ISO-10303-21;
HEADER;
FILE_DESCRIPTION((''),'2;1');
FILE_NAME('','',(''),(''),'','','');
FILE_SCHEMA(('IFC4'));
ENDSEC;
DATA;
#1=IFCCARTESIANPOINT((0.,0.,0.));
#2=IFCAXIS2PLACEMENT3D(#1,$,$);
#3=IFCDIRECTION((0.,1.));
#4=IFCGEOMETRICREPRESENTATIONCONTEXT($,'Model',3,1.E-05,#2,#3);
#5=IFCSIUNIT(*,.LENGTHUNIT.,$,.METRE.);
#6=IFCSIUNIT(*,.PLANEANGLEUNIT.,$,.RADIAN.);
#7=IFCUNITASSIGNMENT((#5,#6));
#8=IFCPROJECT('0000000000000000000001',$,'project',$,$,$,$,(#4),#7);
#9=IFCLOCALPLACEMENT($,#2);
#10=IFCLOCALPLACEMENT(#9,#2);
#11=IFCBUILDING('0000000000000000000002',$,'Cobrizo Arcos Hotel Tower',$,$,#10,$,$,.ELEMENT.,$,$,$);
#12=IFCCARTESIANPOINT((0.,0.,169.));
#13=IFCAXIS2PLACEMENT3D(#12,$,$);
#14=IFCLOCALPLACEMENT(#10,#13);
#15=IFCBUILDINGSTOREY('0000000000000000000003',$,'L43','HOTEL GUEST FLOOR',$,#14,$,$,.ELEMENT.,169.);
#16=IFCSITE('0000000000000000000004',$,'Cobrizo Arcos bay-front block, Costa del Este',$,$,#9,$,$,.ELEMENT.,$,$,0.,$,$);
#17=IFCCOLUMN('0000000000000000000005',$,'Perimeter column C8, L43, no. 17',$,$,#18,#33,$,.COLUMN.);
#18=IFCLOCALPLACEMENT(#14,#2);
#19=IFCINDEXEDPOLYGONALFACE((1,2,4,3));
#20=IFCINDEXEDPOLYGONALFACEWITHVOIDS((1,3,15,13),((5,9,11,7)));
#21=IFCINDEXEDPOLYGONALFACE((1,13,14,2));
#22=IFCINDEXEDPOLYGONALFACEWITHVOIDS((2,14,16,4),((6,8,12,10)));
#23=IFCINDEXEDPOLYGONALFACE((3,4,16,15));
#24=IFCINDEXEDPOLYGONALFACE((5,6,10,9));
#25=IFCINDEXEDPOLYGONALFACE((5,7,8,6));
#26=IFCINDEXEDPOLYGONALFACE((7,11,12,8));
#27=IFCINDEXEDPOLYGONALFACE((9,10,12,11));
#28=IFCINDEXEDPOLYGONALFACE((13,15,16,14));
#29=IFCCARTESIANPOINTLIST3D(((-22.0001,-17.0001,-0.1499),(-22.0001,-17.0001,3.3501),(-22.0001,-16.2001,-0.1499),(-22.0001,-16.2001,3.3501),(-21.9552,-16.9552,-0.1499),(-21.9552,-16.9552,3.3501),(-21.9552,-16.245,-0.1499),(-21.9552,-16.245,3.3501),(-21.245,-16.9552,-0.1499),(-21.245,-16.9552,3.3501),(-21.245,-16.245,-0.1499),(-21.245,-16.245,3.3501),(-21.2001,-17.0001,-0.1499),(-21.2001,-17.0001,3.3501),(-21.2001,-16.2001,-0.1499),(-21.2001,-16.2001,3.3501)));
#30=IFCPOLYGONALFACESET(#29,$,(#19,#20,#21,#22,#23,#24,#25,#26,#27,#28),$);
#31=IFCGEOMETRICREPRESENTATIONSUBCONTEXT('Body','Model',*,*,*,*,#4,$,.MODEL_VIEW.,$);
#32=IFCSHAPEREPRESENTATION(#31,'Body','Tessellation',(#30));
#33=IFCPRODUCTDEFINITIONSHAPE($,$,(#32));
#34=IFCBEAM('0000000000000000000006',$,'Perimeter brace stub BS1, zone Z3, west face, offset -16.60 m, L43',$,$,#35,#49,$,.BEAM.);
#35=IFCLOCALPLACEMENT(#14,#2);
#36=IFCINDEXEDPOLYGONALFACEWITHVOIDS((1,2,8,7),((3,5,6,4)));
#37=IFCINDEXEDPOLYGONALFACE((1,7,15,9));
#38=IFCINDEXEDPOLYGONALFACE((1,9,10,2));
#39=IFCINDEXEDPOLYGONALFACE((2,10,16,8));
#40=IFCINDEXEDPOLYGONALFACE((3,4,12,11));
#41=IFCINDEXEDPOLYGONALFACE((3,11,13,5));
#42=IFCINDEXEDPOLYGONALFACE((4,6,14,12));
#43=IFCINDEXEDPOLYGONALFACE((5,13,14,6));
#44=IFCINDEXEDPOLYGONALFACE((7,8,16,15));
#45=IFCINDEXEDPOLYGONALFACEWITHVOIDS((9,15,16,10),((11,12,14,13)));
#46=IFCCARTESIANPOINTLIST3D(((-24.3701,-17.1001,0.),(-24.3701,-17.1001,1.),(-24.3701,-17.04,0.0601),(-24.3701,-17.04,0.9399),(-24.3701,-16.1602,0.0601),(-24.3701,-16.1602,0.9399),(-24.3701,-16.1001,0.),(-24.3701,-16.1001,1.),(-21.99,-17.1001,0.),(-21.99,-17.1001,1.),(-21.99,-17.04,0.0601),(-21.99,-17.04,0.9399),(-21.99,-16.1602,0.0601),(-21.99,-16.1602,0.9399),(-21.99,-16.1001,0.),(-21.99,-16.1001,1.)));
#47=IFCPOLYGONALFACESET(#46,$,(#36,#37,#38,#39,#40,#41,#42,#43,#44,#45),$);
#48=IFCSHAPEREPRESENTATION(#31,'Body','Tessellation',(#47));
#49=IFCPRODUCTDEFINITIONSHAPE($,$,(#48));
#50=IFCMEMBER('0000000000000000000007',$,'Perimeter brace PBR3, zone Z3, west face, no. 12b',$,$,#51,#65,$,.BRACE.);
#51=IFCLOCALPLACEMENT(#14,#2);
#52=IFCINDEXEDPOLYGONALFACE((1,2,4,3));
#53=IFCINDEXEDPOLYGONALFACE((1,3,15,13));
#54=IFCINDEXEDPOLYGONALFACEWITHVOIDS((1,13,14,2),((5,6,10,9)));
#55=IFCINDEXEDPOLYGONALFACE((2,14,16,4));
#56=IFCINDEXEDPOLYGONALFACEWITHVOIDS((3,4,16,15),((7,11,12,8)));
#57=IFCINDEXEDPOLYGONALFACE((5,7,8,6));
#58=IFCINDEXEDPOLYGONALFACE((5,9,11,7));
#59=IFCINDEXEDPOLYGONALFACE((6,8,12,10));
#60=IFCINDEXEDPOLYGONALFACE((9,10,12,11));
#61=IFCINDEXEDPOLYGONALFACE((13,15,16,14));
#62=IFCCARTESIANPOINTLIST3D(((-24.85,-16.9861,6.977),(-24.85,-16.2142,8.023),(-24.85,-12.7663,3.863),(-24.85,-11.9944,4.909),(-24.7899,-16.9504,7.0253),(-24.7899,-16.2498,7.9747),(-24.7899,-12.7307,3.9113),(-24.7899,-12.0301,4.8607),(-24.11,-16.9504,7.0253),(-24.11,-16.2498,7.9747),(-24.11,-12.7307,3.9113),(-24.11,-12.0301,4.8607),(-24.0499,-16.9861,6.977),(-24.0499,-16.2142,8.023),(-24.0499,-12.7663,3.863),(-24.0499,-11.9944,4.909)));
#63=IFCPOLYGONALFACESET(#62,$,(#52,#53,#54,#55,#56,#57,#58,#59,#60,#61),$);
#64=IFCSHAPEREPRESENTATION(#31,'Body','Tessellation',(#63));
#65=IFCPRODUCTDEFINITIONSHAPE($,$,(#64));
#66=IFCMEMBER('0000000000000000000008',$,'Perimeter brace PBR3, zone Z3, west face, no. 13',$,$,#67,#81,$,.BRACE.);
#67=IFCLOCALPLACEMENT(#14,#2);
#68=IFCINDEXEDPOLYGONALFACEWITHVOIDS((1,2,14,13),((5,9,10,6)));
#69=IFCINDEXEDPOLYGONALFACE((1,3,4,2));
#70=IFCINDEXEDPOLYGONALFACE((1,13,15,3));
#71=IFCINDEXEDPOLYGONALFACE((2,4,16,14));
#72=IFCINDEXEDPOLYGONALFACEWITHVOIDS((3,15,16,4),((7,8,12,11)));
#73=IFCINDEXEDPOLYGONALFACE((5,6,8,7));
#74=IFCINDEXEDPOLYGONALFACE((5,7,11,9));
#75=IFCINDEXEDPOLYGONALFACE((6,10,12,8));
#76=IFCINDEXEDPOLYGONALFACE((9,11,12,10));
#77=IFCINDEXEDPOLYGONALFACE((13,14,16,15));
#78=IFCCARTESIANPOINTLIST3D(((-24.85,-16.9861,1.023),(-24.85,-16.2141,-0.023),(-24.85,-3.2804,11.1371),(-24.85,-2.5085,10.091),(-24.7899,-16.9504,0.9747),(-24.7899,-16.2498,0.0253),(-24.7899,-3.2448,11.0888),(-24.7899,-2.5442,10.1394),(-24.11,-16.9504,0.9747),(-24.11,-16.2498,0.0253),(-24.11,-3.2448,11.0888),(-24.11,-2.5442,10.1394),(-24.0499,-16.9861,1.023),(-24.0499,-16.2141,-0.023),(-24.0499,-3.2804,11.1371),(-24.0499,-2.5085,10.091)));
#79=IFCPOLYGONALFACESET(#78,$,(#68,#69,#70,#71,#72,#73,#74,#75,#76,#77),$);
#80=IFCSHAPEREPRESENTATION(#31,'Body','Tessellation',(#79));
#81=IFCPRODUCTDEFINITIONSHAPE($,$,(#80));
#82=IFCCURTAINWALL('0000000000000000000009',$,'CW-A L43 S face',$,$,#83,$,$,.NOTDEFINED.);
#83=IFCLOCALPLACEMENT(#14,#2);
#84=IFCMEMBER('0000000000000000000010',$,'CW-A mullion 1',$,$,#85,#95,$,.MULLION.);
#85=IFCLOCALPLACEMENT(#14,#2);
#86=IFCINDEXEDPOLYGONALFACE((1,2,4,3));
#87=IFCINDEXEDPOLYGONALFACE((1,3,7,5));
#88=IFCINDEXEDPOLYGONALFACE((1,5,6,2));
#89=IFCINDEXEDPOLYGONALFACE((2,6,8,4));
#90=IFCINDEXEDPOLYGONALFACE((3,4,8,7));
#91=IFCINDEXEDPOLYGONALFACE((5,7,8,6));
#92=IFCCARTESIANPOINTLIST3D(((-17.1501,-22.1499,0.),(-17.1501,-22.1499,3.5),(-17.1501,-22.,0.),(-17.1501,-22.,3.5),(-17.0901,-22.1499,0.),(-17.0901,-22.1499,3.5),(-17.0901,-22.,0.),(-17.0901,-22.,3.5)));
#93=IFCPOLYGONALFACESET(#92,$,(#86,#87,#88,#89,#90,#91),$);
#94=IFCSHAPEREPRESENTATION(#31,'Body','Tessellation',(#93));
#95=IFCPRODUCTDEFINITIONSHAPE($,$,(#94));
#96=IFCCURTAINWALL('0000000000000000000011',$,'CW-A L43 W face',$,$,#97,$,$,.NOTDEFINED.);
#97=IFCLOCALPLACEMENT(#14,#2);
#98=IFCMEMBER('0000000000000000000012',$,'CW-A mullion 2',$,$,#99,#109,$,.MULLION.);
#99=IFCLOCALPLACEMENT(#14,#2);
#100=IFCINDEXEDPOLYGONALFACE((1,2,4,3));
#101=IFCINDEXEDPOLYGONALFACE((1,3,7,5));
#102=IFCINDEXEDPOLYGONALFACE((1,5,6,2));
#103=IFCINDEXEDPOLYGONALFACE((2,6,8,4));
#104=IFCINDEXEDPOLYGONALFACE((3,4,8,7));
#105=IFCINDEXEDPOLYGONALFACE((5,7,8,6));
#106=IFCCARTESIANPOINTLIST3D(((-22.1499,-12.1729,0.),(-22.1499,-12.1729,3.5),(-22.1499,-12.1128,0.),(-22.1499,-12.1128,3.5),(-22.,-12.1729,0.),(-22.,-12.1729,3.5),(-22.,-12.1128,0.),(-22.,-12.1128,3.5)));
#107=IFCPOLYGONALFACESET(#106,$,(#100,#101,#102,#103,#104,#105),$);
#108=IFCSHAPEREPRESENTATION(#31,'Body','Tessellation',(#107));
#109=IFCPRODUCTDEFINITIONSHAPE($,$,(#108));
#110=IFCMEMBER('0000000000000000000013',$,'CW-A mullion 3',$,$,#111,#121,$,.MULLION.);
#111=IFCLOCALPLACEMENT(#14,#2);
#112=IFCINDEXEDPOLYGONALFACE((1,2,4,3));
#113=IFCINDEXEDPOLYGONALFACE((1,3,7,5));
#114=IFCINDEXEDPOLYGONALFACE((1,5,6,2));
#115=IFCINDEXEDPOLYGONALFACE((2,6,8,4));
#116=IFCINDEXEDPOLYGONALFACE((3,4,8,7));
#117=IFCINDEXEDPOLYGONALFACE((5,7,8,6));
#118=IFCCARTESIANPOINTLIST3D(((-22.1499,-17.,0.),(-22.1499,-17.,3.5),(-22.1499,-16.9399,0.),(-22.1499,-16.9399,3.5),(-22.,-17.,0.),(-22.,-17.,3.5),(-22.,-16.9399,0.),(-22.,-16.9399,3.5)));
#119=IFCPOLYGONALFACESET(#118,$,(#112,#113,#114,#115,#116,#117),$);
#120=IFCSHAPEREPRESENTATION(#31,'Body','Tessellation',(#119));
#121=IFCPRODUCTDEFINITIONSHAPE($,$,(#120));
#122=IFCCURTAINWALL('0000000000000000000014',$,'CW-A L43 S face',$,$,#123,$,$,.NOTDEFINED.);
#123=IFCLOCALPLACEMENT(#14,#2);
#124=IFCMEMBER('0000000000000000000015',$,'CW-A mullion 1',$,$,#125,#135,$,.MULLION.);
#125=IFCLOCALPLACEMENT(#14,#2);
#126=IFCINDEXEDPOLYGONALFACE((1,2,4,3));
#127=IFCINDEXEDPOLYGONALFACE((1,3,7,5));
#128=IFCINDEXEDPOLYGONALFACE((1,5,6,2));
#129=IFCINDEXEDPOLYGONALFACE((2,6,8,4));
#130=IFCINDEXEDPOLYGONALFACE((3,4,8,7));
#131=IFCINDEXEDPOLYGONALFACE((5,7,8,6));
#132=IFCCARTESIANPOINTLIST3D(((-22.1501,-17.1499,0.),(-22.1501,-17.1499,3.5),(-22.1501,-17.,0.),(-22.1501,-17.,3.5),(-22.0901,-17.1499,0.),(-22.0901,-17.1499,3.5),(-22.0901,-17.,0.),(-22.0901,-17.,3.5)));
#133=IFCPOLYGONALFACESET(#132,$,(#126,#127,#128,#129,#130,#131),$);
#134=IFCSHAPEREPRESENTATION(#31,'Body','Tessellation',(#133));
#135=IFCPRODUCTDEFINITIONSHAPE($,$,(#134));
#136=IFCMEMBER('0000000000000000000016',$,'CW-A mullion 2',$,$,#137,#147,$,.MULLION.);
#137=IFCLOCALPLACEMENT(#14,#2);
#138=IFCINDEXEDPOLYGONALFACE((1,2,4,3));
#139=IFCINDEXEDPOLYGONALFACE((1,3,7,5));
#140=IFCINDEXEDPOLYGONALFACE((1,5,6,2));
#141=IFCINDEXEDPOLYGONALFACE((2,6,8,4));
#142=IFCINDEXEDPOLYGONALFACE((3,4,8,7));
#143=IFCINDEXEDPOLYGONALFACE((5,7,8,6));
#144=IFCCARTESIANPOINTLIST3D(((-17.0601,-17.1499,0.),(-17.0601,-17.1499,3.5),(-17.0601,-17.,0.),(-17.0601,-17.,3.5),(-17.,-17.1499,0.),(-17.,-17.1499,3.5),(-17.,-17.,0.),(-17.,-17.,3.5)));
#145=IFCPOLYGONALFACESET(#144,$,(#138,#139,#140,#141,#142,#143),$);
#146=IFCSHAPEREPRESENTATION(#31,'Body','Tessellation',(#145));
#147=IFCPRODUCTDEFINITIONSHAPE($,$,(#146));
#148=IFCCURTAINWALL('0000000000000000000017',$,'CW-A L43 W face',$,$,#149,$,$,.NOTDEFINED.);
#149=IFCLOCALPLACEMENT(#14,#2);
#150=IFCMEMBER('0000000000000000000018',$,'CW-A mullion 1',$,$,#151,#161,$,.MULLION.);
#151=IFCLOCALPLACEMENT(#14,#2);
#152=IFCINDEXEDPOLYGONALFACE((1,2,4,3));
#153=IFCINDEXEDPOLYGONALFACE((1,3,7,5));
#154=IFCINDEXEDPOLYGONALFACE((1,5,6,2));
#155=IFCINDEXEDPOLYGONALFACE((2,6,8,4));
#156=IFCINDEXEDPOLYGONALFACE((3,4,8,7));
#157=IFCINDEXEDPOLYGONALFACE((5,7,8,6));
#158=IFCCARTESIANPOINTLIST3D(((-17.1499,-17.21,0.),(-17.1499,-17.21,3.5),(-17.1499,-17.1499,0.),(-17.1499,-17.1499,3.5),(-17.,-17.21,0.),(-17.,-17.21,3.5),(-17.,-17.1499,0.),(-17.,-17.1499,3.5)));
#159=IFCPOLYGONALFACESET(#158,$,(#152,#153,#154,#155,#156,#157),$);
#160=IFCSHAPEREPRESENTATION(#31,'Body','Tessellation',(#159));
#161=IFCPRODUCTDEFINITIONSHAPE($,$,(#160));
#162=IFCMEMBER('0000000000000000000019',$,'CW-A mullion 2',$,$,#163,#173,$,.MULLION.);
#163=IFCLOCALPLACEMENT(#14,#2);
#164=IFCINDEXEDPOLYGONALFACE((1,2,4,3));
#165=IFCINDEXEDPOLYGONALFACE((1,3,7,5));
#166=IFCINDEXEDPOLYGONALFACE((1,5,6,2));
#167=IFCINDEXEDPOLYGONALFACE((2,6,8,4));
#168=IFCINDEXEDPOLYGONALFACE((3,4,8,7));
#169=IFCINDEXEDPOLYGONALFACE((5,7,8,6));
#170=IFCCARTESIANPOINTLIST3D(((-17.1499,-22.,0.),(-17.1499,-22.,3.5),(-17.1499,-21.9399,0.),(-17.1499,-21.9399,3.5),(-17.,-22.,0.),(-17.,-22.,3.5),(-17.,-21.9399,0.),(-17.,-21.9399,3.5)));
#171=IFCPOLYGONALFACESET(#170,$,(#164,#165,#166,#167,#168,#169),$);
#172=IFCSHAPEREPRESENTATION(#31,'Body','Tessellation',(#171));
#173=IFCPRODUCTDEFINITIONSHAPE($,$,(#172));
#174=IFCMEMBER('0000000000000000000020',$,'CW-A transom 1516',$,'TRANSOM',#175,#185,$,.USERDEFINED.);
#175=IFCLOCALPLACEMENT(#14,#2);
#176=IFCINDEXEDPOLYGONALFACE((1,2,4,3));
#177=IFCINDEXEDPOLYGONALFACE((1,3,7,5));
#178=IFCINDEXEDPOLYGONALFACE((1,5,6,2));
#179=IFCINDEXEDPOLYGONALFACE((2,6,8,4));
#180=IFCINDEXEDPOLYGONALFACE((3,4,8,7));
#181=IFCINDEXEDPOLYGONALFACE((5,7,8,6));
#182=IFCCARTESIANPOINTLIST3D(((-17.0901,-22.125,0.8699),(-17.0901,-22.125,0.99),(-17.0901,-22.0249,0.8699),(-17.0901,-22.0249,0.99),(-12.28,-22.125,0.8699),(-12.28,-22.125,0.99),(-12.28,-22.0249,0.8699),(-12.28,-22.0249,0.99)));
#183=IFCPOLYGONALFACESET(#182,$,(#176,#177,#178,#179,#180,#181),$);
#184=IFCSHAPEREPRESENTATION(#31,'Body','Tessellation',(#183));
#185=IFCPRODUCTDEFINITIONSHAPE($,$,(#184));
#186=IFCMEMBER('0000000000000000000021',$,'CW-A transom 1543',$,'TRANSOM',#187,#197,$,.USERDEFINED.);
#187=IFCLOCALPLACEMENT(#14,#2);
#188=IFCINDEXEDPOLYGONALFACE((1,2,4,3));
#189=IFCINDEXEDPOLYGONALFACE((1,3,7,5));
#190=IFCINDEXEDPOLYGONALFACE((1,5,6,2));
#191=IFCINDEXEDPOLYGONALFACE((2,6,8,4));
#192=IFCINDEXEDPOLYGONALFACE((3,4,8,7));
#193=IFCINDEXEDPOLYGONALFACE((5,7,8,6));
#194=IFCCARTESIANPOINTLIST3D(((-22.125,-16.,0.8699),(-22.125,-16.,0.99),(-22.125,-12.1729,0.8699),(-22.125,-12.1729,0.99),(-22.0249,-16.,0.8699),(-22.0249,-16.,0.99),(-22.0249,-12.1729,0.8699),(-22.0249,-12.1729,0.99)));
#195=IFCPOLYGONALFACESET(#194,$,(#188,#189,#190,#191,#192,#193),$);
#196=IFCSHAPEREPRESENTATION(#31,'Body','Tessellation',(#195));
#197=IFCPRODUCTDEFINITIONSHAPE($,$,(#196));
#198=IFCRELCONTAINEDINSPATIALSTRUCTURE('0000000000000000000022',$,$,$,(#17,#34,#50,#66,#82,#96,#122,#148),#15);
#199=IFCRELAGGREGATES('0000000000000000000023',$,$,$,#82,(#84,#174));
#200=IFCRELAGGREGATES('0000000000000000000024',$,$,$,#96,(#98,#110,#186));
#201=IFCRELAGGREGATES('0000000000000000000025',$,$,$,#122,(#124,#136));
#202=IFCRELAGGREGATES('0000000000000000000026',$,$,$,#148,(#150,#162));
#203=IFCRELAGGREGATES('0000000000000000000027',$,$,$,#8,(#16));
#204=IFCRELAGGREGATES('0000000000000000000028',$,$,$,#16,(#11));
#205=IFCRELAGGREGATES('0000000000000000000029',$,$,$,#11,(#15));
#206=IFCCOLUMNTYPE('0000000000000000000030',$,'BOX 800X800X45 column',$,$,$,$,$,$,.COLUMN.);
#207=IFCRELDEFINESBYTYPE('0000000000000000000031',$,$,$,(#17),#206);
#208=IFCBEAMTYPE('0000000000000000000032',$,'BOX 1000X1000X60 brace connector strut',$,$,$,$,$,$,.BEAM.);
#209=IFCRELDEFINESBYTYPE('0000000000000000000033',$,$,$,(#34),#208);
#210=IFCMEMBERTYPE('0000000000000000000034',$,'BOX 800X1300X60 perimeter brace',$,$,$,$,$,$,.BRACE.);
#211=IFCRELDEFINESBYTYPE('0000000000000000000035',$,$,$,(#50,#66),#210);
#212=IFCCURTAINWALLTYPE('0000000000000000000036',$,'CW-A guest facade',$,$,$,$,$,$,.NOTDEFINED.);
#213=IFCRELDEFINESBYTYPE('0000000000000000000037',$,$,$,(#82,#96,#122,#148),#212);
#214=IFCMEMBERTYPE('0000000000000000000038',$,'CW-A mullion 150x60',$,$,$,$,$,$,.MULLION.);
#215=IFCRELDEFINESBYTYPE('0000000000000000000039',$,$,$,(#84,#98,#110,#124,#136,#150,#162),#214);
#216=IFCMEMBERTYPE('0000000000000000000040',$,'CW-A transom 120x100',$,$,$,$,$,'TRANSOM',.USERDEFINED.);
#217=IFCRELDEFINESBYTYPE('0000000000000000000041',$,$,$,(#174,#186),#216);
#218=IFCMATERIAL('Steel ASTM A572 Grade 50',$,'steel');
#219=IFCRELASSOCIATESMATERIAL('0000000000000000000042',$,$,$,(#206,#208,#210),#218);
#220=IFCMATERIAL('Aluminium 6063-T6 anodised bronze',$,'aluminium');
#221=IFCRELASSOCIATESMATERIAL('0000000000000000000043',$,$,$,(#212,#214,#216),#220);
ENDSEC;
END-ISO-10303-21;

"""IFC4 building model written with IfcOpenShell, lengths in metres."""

from ifc_helpers import new_model, si_unit, direction, frame, origin, origin_2d, place, context, subcontext, project, spatial, rectangle, hollow_rectangle, extrude, material, material_profile, profile_set, type_object, element, aggregate, save


model = new_model("IFC4")

# Units and contexts
model_context = context("Model", 3, precision=1e-05, world=origin(), true_north=direction((0.0, 1.0)))
body_context = subcontext(model_context, "Body", "Model", "MODEL_VIEW")
ifc_project = project(units=[si_unit("LENGTHUNIT", "METRE"), si_unit("PLANEANGLEUNIT", "RADIAN")], contexts=[model_context])

# Site, building, storey
site_placement = place(None, origin())
site = spatial("IfcSite", under=ifc_project, at=site_placement, Name="Cobrizo Arcos bay-front block, Costa del Este", CompositionType="ELEMENT", RefElevation=0.0)
building_placement = place(site_placement, origin())
building = spatial("IfcBuilding", under=site, at=building_placement, Name="Cobrizo Arcos Hotel Tower", CompositionType="ELEMENT")
storey_placement = place(building_placement, frame((0.0, 0.0, 169.0)))
storey = spatial("IfcBuildingStorey", under=building, at=storey_placement, Name="L43", Description="HOTEL GUEST FLOOR", CompositionType="ELEMENT", Elevation=169.0)

# Column
ifc_material_1 = material(Name="Steel ASTM A572 Grade 50", Category="steel")
ifc_material_profile_1 = material_profile(ifc_material_1, hollow_rectangle(XDim=0.8, YDim=0.8, WallThickness=0.0449, at=origin_2d()), Name="BOX 800X800X45")
ifc_profile_set_1 = profile_set([ifc_material_profile_1], Name="Steel ASTM A572 Grade 50")
column_type = type_object("IfcColumnType", Name="BOX 800X800X45 column", PredefinedType="COLUMN", material=ifc_profile_set_1)
column_placement = place(storey_placement, frame((-21.6001, -16.6001, -0.1499), z_axis=(0.0, 0.0, 1.0), x_axis=(1.0, 0.0, 0.0)))
element("IfcColumn", 1, at=column_placement, inside=storey, type_object=column_type, Name="Perimeter column C8, L43, no. 17", PredefinedType="COLUMN", context=body_context, shape_type="SweptSolid", body=[
    extrude(hollow_rectangle(XDim=0.8, YDim=0.8, WallThickness=0.0449, at=origin_2d()), origin(), (0.0, 0.0, 1.0), 3.5),
])

# Beam
ifc_material_profile_2 = material_profile(ifc_material_1, hollow_rectangle(XDim=1.0, YDim=1.0, WallThickness=0.0601, at=origin_2d()), Name="BOX 1000X1000X60")
ifc_profile_set_2 = profile_set([ifc_material_profile_2], Name="Steel ASTM A572 Grade 50")
beam_type_1 = type_object("IfcBeamType", Name="BOX 1000X1000X60 brace connector strut", PredefinedType="BEAM", material=ifc_profile_set_2)
beam_1_placement = place(storey_placement, frame((-21.99, -16.6001, 0.5), z_axis=(-1.0, 0.0, 0.0), x_axis=(0.0, -1.0, 0.0)))
element("IfcBeam", 2, at=beam_1_placement, inside=storey, type_object=beam_type_1, Name="Perimeter brace stub BS1, zone Z3, west face, offset -16.60 m, L43", PredefinedType="BEAM", context=body_context, shape_type="SweptSolid", body=[
    extrude(hollow_rectangle(XDim=1.0, YDim=1.0, WallThickness=0.0601, at=origin_2d()), origin(), (0.0, 0.0, 1.0), 2.3801),
])

# Members
ifc_material_profile_3 = material_profile(ifc_material_1, hollow_rectangle(XDim=0.8, YDim=1.3, WallThickness=0.0601, at=origin_2d()), Name="BOX 800X1300X60")
ifc_profile_set_3 = profile_set([ifc_material_profile_3], Name="Steel ASTM A572 Grade 50")
member_type_1 = type_object("IfcMemberType", Name="BOX 800X1300X60 perimeter brace", PredefinedType="BRACE", material=ifc_profile_set_3)
member_1_placement = place(storey_placement, frame((-24.45, -12.3804, 4.386), z_axis=(0.0, -0.804624, 0.593785), x_axis=(1.0, 0.0, 0.0)))
element("IfcMember", 3, at=member_1_placement, inside=storey, type_object=member_type_1, Name="Perimeter brace PBR3, zone Z3, west face, no. 12b", PredefinedType="BRACE", context=body_context, shape_type="SweptSolid", body=[
    extrude(hollow_rectangle(XDim=0.8, YDim=1.3, WallThickness=0.0601, at=origin_2d()), origin(), (0.0, 0.0, 1.0), 5.2444),
])
member_2_placement = place(storey_placement, frame((-24.45, -16.6001, 0.5), z_axis=(0.0, 0.80463, 0.593776), x_axis=(-1.0, 0.0, 0.0)))
element("IfcMember", 4, at=member_2_placement, inside=storey, type_object=member_type_1, Name="Perimeter brace PBR3, zone Z3, west face, no. 13", PredefinedType="BRACE", context=body_context, shape_type="SweptSolid", body=[
    extrude(hollow_rectangle(XDim=0.8, YDim=1.3, WallThickness=0.0601, at=origin_2d()), origin(), (0.0, 0.0, 1.0), 17.0334),
])

# Curtain wall, member
ifc_material_2 = material(Name="Aluminium 6063-T6 anodised bronze", Category="aluminium")
curtain_wall_type = type_object("IfcCurtainWallType", Name="CW-A guest facade", PredefinedType="NOTDEFINED", material=ifc_material_2)
curtain_wall_1_placement = place(storey_placement, origin())
curtain_wall_1 = element("IfcCurtainWall", 5, at=curtain_wall_1_placement, inside=storey, type_object=curtain_wall_type, Name="CW-A L43 S face", PredefinedType="NOTDEFINED")
ifc_material_profile_4 = material_profile(ifc_material_2, rectangle(XDim=0.1499, YDim=0.0601, at=origin_2d()), Name="CW-A mullion 150x60")
ifc_profile_set_4 = profile_set([ifc_material_profile_4], Name="Aluminium 6063-T6 anodised bronze")
member_type_2 = type_object("IfcMemberType", Name="CW-A mullion 150x60", PredefinedType="MULLION", material=ifc_profile_set_4)
member_3_placement = place(storey_placement, frame((-17.1201, -22.075, 0.0), z_axis=(0.0, 0.0, 1.0), x_axis=(0.0, -1.0, 0.0)))
member_3 = element("IfcMember", 6, at=member_3_placement, type_object=member_type_2, Name="CW-A mullion 1", PredefinedType="MULLION", context=body_context, shape_type="SweptSolid", body=[
    extrude(rectangle(XDim=0.1499, YDim=0.0601, at=origin_2d()), origin(), (0.0, 0.0, 1.0), 3.5),
])

# Curtain walls, members
curtain_wall_2_placement = place(storey_placement, origin())
curtain_wall_2 = element("IfcCurtainWall", 7, at=curtain_wall_2_placement, inside=storey, type_object=curtain_wall_type, Name="CW-A L43 W face", PredefinedType="NOTDEFINED")
member_4_placement = place(storey_placement, frame((-22.075, -12.1428, 0.0), z_axis=(0.0, 0.0, 1.0), x_axis=(-1.0, 0.0, 0.0)))
member_4 = element("IfcMember", 8, at=member_4_placement, type_object=member_type_2, Name="CW-A mullion 2", PredefinedType="MULLION", context=body_context, shape_type="SweptSolid", body=[
    extrude(rectangle(XDim=0.1499, YDim=0.0601, at=origin_2d()), origin(), (0.0, 0.0, 1.0), 3.5),
])
member_5_placement = place(storey_placement, frame((-22.075, -16.97, 0.0), z_axis=(0.0, 0.0, 1.0), x_axis=(-1.0, 0.0, 0.0)))
member_5 = element("IfcMember", 9, at=member_5_placement, type_object=member_type_2, Name="CW-A mullion 3", PredefinedType="MULLION", context=body_context, shape_type="SweptSolid", body=[
    extrude(rectangle(XDim=0.1499, YDim=0.0601, at=origin_2d()), origin(), (0.0, 0.0, 1.0), 3.5),
])
curtain_wall_3_placement = place(storey_placement, origin())
curtain_wall_3 = element("IfcCurtainWall", 10, at=curtain_wall_3_placement, inside=storey, type_object=curtain_wall_type, Name="CW-A L43 S face", PredefinedType="NOTDEFINED")
member_6_placement = place(storey_placement, frame((-22.1201, -17.075, 0.0), z_axis=(0.0, 0.0, 1.0), x_axis=(0.0, -1.0, 0.0)))
member_6 = element("IfcMember", 11, at=member_6_placement, type_object=member_type_2, Name="CW-A mullion 1", PredefinedType="MULLION", context=body_context, shape_type="SweptSolid", body=[
    extrude(rectangle(XDim=0.1499, YDim=0.0601, at=origin_2d()), origin(), (0.0, 0.0, 1.0), 3.5),
])
member_7_placement = place(storey_placement, frame((-17.03, -17.075, 0.0), z_axis=(0.0, 0.0, 1.0), x_axis=(0.0, -1.0, 0.0)))
member_7 = element("IfcMember", 12, at=member_7_placement, type_object=member_type_2, Name="CW-A mullion 2", PredefinedType="MULLION", context=body_context, shape_type="SweptSolid", body=[
    extrude(rectangle(XDim=0.1499, YDim=0.0601, at=origin_2d()), origin(), (0.0, 0.0, 1.0), 3.5),
])
curtain_wall_4_placement = place(storey_placement, origin())
curtain_wall_4 = element("IfcCurtainWall", 13, at=curtain_wall_4_placement, inside=storey, type_object=curtain_wall_type, Name="CW-A L43 W face", PredefinedType="NOTDEFINED")
member_8_placement = place(storey_placement, frame((-17.075, -17.1799, 0.0), z_axis=(0.0, 0.0, 1.0), x_axis=(-1.0, 0.0, 0.0)))
member_8 = element("IfcMember", 14, at=member_8_placement, type_object=member_type_2, Name="CW-A mullion 1", PredefinedType="MULLION", context=body_context, shape_type="SweptSolid", body=[
    extrude(rectangle(XDim=0.1499, YDim=0.0601, at=origin_2d()), origin(), (0.0, 0.0, 1.0), 3.5),
])
member_9_placement = place(storey_placement, frame((-17.075, -21.97, 0.0), z_axis=(0.0, 0.0, 1.0), x_axis=(-1.0, 0.0, 0.0)))
member_9 = element("IfcMember", 15, at=member_9_placement, type_object=member_type_2, Name="CW-A mullion 2", PredefinedType="MULLION", context=body_context, shape_type="SweptSolid", body=[
    extrude(rectangle(XDim=0.1499, YDim=0.0601, at=origin_2d()), origin(), (0.0, 0.0, 1.0), 3.5),
])

# Members
ifc_material_profile_5 = material_profile(ifc_material_2, rectangle(XDim=0.1001, YDim=0.1201, at=origin_2d()), Name="CW-A transom 120x100")
ifc_profile_set_5 = profile_set([ifc_material_profile_5], Name="Aluminium 6063-T6 anodised bronze")
member_type_3 = type_object("IfcMemberType", Name="CW-A transom 120x100", ElementType="TRANSOM", PredefinedType="USERDEFINED", material=ifc_profile_set_5)
member_10_placement = place(storey_placement, frame((-17.0901, -22.075, 0.9299), z_axis=(1.0, 0.0, 0.0), x_axis=(0.0, 1.0, 0.0)))
member_10 = element("IfcMember", 16, at=member_10_placement, type_object=member_type_3, Name="CW-A transom 1516", ObjectType="TRANSOM", PredefinedType="USERDEFINED", context=body_context, shape_type="SweptSolid", body=[
    extrude(rectangle(XDim=0.1001, YDim=0.1201, at=origin_2d()), origin(), (0.0, 0.0, 1.0), 4.8101),
])
aggregate(curtain_wall_1, [member_3, member_10])
member_11_placement = place(storey_placement, frame((-22.075, -12.1729, 0.9299), z_axis=(0.0, -1.0, 0.0), x_axis=(1.0, 0.0, 0.0)))
member_11 = element("IfcMember", 17, at=member_11_placement, type_object=member_type_3, Name="CW-A transom 1543", ObjectType="TRANSOM", PredefinedType="USERDEFINED", context=body_context, shape_type="SweptSolid", body=[
    extrude(rectangle(XDim=0.1001, YDim=0.1201, at=origin_2d()), origin(), (0.0, 0.0, 1.0), 3.8271),
])

aggregate(curtain_wall_2, [member_4, member_5, member_11])
aggregate(curtain_wall_3, [member_6, member_7])
aggregate(curtain_wall_4, [member_8, member_9])

save(model, "model.ifc")
